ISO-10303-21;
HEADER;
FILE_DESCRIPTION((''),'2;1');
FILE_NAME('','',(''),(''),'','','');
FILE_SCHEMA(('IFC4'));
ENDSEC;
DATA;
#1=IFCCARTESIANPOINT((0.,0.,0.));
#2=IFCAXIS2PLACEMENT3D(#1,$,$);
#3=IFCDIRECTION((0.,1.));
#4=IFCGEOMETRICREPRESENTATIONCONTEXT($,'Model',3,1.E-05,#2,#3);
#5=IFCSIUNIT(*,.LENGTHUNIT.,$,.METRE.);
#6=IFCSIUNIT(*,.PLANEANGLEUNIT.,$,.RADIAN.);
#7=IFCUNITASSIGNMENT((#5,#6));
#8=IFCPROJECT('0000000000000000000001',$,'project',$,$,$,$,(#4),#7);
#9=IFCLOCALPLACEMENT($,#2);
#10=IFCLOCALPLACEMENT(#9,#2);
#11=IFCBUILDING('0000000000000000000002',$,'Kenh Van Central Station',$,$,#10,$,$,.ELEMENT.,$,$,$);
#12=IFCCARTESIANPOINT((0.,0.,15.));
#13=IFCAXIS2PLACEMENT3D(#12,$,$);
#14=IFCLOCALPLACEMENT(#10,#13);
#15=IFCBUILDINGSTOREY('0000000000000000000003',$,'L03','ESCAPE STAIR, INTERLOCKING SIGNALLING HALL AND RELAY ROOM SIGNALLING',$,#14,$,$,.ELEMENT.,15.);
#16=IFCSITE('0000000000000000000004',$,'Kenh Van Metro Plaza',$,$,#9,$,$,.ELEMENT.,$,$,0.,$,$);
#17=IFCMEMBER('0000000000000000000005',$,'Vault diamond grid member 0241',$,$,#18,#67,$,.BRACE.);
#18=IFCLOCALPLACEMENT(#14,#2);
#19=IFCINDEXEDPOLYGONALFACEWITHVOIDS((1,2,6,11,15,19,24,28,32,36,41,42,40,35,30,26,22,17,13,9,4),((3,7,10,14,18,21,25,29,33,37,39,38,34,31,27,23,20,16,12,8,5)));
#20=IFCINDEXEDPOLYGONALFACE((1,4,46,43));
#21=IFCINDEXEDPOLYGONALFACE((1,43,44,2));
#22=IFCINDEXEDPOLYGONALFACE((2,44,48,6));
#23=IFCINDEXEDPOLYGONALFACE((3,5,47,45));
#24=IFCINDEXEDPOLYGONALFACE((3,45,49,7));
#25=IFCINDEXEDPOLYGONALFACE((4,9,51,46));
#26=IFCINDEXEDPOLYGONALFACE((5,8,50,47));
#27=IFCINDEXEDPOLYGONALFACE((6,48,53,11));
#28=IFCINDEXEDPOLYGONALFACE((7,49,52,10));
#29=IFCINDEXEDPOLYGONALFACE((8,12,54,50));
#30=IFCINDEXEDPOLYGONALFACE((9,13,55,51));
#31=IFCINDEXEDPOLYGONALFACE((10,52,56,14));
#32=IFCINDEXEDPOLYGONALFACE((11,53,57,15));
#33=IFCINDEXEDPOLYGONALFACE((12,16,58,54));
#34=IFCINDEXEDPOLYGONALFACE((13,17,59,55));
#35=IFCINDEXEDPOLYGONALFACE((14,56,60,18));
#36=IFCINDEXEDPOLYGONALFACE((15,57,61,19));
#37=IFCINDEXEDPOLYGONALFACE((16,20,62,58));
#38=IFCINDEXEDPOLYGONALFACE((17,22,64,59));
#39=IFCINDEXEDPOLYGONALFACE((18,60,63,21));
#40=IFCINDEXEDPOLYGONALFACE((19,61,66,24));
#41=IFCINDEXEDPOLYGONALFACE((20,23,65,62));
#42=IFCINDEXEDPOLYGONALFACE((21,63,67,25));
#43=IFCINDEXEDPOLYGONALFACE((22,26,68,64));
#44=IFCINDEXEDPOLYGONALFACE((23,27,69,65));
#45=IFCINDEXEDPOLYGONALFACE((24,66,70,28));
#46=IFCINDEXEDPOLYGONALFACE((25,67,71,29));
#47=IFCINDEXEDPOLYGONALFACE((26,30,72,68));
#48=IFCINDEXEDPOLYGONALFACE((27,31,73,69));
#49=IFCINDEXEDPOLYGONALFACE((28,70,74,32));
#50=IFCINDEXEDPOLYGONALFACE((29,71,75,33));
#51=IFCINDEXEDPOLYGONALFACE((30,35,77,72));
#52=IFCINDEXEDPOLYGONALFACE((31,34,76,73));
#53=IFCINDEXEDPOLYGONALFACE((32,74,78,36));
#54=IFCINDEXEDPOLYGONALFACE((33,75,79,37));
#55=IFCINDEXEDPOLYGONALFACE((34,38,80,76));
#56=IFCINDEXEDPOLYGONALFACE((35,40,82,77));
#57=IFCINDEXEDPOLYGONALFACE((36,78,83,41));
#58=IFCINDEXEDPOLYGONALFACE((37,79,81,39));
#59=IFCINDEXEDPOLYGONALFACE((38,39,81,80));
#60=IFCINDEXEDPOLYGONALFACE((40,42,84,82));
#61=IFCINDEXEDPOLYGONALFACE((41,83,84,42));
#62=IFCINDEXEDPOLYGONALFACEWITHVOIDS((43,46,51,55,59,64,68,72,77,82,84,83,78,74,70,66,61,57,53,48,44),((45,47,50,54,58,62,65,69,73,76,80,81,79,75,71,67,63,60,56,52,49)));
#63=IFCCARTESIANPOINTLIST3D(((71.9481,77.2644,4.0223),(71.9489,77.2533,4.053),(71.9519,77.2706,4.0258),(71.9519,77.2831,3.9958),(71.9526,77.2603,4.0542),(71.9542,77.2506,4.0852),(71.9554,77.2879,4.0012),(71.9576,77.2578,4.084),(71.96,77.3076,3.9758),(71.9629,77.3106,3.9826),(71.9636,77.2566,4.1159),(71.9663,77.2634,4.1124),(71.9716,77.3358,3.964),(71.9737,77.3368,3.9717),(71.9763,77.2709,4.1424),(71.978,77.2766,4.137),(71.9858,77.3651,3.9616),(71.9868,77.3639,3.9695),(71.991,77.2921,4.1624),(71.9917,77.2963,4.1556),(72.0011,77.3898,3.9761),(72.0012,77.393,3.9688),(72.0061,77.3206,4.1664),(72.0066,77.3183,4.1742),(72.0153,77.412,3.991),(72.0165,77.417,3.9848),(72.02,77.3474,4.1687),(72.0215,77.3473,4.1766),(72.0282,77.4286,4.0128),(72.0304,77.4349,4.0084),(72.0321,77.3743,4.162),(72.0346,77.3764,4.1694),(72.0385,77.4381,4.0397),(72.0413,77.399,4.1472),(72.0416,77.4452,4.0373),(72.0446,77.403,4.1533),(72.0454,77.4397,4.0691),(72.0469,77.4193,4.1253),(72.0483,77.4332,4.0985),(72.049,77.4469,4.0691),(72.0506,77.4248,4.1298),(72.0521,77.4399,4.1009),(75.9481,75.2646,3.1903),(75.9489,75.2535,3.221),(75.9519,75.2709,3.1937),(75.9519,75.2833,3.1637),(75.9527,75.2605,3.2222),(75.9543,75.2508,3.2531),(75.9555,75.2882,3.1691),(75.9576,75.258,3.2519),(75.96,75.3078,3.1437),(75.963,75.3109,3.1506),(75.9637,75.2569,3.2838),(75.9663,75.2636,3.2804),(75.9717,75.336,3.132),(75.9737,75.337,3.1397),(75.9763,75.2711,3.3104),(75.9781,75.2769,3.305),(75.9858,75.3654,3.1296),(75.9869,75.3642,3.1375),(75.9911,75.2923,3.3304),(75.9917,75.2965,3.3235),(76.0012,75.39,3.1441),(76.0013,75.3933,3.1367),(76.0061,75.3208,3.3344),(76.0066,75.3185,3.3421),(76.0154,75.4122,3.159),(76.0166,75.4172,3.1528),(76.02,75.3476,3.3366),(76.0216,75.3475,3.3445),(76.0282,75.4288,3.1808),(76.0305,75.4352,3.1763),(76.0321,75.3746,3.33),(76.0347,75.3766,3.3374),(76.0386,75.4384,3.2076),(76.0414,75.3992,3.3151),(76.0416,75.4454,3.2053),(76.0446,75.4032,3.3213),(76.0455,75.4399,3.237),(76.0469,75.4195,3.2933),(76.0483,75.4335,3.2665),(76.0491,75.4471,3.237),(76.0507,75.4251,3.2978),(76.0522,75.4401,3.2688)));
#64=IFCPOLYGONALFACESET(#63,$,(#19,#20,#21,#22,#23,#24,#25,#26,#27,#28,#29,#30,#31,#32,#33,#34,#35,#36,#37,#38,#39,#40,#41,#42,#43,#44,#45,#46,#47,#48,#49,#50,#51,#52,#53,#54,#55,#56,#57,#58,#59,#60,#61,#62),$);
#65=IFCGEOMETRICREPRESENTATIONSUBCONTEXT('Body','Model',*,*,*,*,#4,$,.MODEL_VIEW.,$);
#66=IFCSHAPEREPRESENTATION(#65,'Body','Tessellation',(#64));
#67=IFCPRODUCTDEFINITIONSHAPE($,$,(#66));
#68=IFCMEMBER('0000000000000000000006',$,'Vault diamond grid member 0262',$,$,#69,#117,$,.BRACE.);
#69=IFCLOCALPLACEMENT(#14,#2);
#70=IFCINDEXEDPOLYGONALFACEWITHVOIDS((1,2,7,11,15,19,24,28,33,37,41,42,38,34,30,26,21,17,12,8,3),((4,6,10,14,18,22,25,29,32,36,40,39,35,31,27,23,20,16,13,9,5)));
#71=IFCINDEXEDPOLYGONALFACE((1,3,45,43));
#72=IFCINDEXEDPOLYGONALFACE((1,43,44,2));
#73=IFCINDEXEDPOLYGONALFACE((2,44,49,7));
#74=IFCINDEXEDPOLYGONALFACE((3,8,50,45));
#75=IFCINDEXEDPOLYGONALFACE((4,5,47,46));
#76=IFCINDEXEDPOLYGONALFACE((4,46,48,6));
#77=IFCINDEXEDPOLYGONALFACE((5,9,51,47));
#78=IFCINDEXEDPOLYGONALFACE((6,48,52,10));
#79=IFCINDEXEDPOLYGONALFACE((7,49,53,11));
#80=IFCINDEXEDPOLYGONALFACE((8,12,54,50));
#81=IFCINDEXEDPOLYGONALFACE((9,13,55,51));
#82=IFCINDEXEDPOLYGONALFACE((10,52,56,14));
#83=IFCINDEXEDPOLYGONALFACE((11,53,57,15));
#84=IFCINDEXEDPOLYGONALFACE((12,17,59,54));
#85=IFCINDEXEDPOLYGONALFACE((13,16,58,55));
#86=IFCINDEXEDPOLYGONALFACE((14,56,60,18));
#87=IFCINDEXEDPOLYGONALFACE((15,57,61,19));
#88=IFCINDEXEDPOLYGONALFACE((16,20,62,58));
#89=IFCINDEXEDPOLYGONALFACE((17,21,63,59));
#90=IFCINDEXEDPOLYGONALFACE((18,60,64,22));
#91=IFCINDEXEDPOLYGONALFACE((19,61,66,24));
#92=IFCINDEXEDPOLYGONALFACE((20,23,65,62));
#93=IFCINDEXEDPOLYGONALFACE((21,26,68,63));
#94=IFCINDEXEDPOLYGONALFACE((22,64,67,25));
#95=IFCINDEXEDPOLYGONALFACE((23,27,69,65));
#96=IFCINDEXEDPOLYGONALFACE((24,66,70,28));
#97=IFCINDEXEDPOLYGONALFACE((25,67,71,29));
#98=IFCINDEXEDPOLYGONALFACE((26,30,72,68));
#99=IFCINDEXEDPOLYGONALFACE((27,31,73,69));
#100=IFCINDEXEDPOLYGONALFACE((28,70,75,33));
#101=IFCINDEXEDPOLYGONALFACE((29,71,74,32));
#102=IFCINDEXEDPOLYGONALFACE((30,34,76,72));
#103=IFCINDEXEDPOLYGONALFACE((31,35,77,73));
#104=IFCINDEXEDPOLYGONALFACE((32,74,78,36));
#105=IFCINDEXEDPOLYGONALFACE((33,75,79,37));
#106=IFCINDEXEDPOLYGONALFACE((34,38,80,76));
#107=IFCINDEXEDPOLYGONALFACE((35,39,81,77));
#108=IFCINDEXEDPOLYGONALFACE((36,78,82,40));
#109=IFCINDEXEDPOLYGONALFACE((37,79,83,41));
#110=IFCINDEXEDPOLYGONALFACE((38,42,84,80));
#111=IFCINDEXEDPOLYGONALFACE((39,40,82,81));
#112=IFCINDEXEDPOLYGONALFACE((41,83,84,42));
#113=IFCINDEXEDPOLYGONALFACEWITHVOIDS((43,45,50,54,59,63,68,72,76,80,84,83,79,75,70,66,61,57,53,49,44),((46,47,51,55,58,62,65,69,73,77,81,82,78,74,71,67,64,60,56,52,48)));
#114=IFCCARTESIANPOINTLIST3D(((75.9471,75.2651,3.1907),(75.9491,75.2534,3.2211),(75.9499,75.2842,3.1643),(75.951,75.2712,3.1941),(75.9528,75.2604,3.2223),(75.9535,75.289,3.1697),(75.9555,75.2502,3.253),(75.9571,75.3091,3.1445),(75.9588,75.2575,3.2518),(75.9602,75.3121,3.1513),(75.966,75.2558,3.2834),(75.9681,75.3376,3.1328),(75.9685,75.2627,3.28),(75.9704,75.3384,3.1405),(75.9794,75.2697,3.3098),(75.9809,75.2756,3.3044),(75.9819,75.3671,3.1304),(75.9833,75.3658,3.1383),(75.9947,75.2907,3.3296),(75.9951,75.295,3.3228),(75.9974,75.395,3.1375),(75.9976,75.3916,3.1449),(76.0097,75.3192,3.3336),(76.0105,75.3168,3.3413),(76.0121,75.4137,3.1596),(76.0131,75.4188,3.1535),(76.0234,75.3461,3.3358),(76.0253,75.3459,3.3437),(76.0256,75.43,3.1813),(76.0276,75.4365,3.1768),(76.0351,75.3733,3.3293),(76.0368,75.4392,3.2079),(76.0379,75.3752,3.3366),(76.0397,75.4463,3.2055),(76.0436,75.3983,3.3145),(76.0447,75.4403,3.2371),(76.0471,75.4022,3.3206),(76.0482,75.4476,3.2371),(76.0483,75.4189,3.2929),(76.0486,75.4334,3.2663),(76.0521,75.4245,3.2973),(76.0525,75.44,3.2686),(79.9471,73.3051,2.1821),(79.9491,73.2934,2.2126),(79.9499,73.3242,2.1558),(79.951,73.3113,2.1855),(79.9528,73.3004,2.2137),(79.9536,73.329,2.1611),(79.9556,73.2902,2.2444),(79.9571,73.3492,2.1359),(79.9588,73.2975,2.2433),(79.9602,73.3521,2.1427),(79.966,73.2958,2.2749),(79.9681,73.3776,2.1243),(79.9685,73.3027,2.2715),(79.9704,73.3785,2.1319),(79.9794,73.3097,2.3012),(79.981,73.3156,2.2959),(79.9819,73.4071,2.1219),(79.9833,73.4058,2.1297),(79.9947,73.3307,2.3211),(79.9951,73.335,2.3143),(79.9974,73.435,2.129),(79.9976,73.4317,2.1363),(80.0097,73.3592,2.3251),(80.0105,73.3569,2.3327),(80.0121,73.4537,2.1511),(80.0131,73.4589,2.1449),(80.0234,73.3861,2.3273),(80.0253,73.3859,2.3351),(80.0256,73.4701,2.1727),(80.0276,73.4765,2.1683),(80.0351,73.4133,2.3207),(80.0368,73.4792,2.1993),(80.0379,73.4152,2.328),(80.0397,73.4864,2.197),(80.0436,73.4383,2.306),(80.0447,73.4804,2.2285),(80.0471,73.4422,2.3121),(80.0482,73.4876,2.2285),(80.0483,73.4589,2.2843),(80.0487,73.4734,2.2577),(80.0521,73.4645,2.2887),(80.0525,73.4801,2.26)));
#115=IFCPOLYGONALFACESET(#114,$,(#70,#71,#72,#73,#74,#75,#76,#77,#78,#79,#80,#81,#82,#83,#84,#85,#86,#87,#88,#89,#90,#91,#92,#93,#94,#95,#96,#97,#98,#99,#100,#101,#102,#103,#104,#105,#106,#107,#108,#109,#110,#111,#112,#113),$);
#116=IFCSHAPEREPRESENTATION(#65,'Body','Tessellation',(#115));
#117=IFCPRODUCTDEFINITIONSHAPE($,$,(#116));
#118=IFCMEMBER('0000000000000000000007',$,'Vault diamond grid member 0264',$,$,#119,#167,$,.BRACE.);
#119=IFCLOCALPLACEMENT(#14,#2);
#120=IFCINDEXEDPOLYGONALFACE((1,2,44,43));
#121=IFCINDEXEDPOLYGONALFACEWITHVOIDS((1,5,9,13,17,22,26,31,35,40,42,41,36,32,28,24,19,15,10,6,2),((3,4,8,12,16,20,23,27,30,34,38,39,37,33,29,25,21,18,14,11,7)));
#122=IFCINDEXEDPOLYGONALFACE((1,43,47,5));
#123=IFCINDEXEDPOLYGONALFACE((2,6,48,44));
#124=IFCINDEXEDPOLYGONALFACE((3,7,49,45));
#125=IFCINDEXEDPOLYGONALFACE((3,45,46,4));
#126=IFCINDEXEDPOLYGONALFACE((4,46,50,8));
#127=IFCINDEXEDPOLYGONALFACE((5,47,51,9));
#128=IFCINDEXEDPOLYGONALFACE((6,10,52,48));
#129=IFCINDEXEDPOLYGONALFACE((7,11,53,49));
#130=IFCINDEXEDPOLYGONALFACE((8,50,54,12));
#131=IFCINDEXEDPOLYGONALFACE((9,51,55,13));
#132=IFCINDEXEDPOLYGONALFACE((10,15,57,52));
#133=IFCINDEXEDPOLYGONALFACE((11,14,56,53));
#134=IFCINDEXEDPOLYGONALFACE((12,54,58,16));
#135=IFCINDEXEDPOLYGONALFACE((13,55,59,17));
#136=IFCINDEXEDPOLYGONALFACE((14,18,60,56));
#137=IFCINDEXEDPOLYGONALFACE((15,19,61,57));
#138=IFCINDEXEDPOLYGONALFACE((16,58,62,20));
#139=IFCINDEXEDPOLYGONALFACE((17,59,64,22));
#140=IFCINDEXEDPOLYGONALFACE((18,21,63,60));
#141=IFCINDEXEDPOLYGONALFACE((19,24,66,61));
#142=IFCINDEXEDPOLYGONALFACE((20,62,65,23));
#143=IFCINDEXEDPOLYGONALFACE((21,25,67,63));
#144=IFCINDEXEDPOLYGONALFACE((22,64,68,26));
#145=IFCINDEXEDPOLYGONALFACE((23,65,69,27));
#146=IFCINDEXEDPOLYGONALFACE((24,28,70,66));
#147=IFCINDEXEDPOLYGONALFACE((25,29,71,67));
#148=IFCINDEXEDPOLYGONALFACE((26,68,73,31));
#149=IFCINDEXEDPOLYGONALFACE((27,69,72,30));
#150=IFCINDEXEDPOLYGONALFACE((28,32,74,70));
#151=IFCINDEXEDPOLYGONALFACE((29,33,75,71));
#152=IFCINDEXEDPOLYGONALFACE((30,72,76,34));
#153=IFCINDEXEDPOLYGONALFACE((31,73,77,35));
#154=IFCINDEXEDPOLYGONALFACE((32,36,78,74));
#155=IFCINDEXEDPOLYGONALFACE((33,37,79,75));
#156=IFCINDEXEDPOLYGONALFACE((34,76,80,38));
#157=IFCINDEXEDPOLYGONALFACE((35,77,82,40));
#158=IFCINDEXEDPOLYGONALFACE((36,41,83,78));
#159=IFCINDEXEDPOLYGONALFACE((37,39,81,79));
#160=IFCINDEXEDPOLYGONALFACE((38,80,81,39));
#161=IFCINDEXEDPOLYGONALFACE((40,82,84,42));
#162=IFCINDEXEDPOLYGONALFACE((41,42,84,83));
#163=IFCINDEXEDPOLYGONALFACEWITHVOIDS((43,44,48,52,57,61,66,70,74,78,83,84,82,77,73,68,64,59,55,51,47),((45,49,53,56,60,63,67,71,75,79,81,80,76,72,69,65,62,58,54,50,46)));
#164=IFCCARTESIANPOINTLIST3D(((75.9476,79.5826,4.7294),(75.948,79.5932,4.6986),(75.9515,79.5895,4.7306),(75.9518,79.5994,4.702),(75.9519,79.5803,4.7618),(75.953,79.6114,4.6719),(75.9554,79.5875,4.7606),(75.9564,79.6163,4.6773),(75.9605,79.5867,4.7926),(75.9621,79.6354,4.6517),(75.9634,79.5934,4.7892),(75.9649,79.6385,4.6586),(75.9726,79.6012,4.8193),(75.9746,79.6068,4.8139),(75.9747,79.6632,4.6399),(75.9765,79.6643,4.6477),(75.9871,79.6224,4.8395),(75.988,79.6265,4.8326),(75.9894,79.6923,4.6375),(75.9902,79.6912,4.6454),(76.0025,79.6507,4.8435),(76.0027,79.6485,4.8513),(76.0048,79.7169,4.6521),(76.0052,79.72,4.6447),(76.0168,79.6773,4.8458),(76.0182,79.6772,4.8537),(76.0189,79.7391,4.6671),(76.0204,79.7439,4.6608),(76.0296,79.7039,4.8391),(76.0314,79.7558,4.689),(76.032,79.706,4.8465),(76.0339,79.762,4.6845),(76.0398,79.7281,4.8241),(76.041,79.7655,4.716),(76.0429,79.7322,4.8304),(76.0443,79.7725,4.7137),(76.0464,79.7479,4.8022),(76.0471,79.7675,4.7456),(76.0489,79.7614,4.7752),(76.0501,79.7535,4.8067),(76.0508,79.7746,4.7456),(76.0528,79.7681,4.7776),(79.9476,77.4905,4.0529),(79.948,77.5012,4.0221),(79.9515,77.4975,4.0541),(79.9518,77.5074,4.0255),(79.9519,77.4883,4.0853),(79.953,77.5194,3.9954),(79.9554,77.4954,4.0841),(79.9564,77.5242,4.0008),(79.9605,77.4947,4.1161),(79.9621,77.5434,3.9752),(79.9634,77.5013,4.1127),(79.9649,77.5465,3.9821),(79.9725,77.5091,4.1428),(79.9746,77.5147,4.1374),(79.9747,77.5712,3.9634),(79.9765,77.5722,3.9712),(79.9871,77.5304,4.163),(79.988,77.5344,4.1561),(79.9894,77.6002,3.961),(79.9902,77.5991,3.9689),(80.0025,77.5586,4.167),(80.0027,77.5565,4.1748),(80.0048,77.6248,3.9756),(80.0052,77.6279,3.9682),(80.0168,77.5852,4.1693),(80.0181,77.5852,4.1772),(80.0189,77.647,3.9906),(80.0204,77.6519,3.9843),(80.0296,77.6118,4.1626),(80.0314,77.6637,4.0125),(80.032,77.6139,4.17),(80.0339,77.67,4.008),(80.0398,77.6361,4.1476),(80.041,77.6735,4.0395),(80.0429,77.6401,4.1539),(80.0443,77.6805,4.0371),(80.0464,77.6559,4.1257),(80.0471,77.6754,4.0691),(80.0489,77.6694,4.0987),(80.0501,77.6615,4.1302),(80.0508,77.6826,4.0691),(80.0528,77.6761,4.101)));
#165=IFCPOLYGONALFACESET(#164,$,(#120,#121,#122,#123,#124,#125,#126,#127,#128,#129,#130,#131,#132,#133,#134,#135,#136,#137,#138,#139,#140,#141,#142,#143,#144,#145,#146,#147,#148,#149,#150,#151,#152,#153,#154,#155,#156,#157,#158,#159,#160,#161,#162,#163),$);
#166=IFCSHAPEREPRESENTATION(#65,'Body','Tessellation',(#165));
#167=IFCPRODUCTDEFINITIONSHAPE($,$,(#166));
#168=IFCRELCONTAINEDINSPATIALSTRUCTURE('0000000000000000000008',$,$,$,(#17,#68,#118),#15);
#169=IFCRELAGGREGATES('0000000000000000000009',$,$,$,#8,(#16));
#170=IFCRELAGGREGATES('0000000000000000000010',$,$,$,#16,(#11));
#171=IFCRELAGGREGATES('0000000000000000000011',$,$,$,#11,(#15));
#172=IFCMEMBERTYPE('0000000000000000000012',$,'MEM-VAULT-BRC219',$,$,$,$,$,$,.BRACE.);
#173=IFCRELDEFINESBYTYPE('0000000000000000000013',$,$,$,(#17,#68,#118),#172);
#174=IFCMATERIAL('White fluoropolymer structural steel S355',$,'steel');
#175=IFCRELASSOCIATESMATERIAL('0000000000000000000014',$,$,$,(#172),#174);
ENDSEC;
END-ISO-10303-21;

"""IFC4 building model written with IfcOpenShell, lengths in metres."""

from ifc_helpers import new_model, si_unit, direction, frame, origin, origin_2d, place, context, subcontext, project, spatial, hollow_circle, extrude, material, material_profile, profile_set, type_object, element, save


model = new_model("IFC4")

# Units and contexts
model_context = context("Model", 3, precision=1e-05, world=origin(), true_north=direction((0.0, 1.0)))
body_context = subcontext(model_context, "Body", "Model", "MODEL_VIEW")
ifc_project = project(units=[si_unit("LENGTHUNIT", "METRE"), si_unit("PLANEANGLEUNIT", "RADIAN")], contexts=[model_context])

# Site, building, storey
site_placement = place(None, origin())
site = spatial("IfcSite", under=ifc_project, at=site_placement, Name="Kenh Van Metro Plaza", CompositionType="ELEMENT", RefElevation=0.0)
building_placement = place(site_placement, origin())
building = spatial("IfcBuilding", under=site, at=building_placement, Name="Kenh Van Central Station", CompositionType="ELEMENT")
storey_placement = place(building_placement, frame((0.0, 0.0, 15.0)))
storey = spatial("IfcBuildingStorey", under=building, at=storey_placement, Name="L03", Description="ESCAPE STAIR, INTERLOCKING SIGNALLING HALL AND RELAY ROOM SIGNALLING", CompositionType="ELEMENT", Elevation=15.0)

# Shared definitions
ifc_material_1 = material(Name="White fluoropolymer structural steel S355", Category="steel")

# Members
ifc_material_profile_1 = material_profile(ifc_material_1, hollow_circle(Radius=0.1096, WallThickness=0.0081, at=origin_2d()), Name="CHS 219.1x8")
ifc_profile_set_1 = profile_set([ifc_material_profile_1], Name="White fluoropolymer structural steel S355")
member_type_1 = type_object("IfcMemberType", Name="MEM-VAULT-BRC219", PredefinedType="BRACE", material=ifc_profile_set_1)
member_1_placement = place(storey_placement, frame((72.0, 77.3489, 4.0691), z_axis=(0.879359, -0.439626, -0.182913), x_axis=(0.44717, 0.894449, 0.0)))
element("IfcMember", 1, at=member_1_placement, inside=storey, type_object=member_type_1, Name="Vault diamond grid member 0241", PredefinedType="BRACE", context=body_context, shape_type="SweptSolid", body=[
    extrude(hollow_circle(Radius=0.1096, WallThickness=0.0081, at=origin_2d()), origin(), (0.0, 0.0, 1.0), 4.5488),
])
member_2_placement = place(storey_placement, frame((76.0, 75.3491, 3.2371), z_axis=(0.875825, -0.429146, -0.220827), x_axis=(0.440008, 0.897994, 0.0)))
element("IfcMember", 2, at=member_2_placement, inside=storey, type_object=member_type_1, Name="Vault diamond grid member 0262", PredefinedType="BRACE", context=body_context, shape_type="SweptSolid", body=[
    extrude(hollow_circle(Radius=0.1096, WallThickness=0.0081, at=origin_2d()), origin(), (0.0, 0.0, 1.0), 4.5671),
])
member_3_placement = place(storey_placement, frame((76.0, 79.6775, 4.7456), z_axis=(0.876336, -0.458333, -0.148213), x_axis=(0.463451, 0.886122, 0.0)))
element("IfcMember", 3, at=member_3_placement, inside=storey, type_object=member_type_1, Name="Vault diamond grid member 0264", PredefinedType="BRACE", context=body_context, shape_type="SweptSolid", body=[
    extrude(hollow_circle(Radius=0.1096, WallThickness=0.0081, at=origin_2d()), origin(), (0.0, 0.0, 1.0), 4.5645),
])

save(model, "model.ifc")
